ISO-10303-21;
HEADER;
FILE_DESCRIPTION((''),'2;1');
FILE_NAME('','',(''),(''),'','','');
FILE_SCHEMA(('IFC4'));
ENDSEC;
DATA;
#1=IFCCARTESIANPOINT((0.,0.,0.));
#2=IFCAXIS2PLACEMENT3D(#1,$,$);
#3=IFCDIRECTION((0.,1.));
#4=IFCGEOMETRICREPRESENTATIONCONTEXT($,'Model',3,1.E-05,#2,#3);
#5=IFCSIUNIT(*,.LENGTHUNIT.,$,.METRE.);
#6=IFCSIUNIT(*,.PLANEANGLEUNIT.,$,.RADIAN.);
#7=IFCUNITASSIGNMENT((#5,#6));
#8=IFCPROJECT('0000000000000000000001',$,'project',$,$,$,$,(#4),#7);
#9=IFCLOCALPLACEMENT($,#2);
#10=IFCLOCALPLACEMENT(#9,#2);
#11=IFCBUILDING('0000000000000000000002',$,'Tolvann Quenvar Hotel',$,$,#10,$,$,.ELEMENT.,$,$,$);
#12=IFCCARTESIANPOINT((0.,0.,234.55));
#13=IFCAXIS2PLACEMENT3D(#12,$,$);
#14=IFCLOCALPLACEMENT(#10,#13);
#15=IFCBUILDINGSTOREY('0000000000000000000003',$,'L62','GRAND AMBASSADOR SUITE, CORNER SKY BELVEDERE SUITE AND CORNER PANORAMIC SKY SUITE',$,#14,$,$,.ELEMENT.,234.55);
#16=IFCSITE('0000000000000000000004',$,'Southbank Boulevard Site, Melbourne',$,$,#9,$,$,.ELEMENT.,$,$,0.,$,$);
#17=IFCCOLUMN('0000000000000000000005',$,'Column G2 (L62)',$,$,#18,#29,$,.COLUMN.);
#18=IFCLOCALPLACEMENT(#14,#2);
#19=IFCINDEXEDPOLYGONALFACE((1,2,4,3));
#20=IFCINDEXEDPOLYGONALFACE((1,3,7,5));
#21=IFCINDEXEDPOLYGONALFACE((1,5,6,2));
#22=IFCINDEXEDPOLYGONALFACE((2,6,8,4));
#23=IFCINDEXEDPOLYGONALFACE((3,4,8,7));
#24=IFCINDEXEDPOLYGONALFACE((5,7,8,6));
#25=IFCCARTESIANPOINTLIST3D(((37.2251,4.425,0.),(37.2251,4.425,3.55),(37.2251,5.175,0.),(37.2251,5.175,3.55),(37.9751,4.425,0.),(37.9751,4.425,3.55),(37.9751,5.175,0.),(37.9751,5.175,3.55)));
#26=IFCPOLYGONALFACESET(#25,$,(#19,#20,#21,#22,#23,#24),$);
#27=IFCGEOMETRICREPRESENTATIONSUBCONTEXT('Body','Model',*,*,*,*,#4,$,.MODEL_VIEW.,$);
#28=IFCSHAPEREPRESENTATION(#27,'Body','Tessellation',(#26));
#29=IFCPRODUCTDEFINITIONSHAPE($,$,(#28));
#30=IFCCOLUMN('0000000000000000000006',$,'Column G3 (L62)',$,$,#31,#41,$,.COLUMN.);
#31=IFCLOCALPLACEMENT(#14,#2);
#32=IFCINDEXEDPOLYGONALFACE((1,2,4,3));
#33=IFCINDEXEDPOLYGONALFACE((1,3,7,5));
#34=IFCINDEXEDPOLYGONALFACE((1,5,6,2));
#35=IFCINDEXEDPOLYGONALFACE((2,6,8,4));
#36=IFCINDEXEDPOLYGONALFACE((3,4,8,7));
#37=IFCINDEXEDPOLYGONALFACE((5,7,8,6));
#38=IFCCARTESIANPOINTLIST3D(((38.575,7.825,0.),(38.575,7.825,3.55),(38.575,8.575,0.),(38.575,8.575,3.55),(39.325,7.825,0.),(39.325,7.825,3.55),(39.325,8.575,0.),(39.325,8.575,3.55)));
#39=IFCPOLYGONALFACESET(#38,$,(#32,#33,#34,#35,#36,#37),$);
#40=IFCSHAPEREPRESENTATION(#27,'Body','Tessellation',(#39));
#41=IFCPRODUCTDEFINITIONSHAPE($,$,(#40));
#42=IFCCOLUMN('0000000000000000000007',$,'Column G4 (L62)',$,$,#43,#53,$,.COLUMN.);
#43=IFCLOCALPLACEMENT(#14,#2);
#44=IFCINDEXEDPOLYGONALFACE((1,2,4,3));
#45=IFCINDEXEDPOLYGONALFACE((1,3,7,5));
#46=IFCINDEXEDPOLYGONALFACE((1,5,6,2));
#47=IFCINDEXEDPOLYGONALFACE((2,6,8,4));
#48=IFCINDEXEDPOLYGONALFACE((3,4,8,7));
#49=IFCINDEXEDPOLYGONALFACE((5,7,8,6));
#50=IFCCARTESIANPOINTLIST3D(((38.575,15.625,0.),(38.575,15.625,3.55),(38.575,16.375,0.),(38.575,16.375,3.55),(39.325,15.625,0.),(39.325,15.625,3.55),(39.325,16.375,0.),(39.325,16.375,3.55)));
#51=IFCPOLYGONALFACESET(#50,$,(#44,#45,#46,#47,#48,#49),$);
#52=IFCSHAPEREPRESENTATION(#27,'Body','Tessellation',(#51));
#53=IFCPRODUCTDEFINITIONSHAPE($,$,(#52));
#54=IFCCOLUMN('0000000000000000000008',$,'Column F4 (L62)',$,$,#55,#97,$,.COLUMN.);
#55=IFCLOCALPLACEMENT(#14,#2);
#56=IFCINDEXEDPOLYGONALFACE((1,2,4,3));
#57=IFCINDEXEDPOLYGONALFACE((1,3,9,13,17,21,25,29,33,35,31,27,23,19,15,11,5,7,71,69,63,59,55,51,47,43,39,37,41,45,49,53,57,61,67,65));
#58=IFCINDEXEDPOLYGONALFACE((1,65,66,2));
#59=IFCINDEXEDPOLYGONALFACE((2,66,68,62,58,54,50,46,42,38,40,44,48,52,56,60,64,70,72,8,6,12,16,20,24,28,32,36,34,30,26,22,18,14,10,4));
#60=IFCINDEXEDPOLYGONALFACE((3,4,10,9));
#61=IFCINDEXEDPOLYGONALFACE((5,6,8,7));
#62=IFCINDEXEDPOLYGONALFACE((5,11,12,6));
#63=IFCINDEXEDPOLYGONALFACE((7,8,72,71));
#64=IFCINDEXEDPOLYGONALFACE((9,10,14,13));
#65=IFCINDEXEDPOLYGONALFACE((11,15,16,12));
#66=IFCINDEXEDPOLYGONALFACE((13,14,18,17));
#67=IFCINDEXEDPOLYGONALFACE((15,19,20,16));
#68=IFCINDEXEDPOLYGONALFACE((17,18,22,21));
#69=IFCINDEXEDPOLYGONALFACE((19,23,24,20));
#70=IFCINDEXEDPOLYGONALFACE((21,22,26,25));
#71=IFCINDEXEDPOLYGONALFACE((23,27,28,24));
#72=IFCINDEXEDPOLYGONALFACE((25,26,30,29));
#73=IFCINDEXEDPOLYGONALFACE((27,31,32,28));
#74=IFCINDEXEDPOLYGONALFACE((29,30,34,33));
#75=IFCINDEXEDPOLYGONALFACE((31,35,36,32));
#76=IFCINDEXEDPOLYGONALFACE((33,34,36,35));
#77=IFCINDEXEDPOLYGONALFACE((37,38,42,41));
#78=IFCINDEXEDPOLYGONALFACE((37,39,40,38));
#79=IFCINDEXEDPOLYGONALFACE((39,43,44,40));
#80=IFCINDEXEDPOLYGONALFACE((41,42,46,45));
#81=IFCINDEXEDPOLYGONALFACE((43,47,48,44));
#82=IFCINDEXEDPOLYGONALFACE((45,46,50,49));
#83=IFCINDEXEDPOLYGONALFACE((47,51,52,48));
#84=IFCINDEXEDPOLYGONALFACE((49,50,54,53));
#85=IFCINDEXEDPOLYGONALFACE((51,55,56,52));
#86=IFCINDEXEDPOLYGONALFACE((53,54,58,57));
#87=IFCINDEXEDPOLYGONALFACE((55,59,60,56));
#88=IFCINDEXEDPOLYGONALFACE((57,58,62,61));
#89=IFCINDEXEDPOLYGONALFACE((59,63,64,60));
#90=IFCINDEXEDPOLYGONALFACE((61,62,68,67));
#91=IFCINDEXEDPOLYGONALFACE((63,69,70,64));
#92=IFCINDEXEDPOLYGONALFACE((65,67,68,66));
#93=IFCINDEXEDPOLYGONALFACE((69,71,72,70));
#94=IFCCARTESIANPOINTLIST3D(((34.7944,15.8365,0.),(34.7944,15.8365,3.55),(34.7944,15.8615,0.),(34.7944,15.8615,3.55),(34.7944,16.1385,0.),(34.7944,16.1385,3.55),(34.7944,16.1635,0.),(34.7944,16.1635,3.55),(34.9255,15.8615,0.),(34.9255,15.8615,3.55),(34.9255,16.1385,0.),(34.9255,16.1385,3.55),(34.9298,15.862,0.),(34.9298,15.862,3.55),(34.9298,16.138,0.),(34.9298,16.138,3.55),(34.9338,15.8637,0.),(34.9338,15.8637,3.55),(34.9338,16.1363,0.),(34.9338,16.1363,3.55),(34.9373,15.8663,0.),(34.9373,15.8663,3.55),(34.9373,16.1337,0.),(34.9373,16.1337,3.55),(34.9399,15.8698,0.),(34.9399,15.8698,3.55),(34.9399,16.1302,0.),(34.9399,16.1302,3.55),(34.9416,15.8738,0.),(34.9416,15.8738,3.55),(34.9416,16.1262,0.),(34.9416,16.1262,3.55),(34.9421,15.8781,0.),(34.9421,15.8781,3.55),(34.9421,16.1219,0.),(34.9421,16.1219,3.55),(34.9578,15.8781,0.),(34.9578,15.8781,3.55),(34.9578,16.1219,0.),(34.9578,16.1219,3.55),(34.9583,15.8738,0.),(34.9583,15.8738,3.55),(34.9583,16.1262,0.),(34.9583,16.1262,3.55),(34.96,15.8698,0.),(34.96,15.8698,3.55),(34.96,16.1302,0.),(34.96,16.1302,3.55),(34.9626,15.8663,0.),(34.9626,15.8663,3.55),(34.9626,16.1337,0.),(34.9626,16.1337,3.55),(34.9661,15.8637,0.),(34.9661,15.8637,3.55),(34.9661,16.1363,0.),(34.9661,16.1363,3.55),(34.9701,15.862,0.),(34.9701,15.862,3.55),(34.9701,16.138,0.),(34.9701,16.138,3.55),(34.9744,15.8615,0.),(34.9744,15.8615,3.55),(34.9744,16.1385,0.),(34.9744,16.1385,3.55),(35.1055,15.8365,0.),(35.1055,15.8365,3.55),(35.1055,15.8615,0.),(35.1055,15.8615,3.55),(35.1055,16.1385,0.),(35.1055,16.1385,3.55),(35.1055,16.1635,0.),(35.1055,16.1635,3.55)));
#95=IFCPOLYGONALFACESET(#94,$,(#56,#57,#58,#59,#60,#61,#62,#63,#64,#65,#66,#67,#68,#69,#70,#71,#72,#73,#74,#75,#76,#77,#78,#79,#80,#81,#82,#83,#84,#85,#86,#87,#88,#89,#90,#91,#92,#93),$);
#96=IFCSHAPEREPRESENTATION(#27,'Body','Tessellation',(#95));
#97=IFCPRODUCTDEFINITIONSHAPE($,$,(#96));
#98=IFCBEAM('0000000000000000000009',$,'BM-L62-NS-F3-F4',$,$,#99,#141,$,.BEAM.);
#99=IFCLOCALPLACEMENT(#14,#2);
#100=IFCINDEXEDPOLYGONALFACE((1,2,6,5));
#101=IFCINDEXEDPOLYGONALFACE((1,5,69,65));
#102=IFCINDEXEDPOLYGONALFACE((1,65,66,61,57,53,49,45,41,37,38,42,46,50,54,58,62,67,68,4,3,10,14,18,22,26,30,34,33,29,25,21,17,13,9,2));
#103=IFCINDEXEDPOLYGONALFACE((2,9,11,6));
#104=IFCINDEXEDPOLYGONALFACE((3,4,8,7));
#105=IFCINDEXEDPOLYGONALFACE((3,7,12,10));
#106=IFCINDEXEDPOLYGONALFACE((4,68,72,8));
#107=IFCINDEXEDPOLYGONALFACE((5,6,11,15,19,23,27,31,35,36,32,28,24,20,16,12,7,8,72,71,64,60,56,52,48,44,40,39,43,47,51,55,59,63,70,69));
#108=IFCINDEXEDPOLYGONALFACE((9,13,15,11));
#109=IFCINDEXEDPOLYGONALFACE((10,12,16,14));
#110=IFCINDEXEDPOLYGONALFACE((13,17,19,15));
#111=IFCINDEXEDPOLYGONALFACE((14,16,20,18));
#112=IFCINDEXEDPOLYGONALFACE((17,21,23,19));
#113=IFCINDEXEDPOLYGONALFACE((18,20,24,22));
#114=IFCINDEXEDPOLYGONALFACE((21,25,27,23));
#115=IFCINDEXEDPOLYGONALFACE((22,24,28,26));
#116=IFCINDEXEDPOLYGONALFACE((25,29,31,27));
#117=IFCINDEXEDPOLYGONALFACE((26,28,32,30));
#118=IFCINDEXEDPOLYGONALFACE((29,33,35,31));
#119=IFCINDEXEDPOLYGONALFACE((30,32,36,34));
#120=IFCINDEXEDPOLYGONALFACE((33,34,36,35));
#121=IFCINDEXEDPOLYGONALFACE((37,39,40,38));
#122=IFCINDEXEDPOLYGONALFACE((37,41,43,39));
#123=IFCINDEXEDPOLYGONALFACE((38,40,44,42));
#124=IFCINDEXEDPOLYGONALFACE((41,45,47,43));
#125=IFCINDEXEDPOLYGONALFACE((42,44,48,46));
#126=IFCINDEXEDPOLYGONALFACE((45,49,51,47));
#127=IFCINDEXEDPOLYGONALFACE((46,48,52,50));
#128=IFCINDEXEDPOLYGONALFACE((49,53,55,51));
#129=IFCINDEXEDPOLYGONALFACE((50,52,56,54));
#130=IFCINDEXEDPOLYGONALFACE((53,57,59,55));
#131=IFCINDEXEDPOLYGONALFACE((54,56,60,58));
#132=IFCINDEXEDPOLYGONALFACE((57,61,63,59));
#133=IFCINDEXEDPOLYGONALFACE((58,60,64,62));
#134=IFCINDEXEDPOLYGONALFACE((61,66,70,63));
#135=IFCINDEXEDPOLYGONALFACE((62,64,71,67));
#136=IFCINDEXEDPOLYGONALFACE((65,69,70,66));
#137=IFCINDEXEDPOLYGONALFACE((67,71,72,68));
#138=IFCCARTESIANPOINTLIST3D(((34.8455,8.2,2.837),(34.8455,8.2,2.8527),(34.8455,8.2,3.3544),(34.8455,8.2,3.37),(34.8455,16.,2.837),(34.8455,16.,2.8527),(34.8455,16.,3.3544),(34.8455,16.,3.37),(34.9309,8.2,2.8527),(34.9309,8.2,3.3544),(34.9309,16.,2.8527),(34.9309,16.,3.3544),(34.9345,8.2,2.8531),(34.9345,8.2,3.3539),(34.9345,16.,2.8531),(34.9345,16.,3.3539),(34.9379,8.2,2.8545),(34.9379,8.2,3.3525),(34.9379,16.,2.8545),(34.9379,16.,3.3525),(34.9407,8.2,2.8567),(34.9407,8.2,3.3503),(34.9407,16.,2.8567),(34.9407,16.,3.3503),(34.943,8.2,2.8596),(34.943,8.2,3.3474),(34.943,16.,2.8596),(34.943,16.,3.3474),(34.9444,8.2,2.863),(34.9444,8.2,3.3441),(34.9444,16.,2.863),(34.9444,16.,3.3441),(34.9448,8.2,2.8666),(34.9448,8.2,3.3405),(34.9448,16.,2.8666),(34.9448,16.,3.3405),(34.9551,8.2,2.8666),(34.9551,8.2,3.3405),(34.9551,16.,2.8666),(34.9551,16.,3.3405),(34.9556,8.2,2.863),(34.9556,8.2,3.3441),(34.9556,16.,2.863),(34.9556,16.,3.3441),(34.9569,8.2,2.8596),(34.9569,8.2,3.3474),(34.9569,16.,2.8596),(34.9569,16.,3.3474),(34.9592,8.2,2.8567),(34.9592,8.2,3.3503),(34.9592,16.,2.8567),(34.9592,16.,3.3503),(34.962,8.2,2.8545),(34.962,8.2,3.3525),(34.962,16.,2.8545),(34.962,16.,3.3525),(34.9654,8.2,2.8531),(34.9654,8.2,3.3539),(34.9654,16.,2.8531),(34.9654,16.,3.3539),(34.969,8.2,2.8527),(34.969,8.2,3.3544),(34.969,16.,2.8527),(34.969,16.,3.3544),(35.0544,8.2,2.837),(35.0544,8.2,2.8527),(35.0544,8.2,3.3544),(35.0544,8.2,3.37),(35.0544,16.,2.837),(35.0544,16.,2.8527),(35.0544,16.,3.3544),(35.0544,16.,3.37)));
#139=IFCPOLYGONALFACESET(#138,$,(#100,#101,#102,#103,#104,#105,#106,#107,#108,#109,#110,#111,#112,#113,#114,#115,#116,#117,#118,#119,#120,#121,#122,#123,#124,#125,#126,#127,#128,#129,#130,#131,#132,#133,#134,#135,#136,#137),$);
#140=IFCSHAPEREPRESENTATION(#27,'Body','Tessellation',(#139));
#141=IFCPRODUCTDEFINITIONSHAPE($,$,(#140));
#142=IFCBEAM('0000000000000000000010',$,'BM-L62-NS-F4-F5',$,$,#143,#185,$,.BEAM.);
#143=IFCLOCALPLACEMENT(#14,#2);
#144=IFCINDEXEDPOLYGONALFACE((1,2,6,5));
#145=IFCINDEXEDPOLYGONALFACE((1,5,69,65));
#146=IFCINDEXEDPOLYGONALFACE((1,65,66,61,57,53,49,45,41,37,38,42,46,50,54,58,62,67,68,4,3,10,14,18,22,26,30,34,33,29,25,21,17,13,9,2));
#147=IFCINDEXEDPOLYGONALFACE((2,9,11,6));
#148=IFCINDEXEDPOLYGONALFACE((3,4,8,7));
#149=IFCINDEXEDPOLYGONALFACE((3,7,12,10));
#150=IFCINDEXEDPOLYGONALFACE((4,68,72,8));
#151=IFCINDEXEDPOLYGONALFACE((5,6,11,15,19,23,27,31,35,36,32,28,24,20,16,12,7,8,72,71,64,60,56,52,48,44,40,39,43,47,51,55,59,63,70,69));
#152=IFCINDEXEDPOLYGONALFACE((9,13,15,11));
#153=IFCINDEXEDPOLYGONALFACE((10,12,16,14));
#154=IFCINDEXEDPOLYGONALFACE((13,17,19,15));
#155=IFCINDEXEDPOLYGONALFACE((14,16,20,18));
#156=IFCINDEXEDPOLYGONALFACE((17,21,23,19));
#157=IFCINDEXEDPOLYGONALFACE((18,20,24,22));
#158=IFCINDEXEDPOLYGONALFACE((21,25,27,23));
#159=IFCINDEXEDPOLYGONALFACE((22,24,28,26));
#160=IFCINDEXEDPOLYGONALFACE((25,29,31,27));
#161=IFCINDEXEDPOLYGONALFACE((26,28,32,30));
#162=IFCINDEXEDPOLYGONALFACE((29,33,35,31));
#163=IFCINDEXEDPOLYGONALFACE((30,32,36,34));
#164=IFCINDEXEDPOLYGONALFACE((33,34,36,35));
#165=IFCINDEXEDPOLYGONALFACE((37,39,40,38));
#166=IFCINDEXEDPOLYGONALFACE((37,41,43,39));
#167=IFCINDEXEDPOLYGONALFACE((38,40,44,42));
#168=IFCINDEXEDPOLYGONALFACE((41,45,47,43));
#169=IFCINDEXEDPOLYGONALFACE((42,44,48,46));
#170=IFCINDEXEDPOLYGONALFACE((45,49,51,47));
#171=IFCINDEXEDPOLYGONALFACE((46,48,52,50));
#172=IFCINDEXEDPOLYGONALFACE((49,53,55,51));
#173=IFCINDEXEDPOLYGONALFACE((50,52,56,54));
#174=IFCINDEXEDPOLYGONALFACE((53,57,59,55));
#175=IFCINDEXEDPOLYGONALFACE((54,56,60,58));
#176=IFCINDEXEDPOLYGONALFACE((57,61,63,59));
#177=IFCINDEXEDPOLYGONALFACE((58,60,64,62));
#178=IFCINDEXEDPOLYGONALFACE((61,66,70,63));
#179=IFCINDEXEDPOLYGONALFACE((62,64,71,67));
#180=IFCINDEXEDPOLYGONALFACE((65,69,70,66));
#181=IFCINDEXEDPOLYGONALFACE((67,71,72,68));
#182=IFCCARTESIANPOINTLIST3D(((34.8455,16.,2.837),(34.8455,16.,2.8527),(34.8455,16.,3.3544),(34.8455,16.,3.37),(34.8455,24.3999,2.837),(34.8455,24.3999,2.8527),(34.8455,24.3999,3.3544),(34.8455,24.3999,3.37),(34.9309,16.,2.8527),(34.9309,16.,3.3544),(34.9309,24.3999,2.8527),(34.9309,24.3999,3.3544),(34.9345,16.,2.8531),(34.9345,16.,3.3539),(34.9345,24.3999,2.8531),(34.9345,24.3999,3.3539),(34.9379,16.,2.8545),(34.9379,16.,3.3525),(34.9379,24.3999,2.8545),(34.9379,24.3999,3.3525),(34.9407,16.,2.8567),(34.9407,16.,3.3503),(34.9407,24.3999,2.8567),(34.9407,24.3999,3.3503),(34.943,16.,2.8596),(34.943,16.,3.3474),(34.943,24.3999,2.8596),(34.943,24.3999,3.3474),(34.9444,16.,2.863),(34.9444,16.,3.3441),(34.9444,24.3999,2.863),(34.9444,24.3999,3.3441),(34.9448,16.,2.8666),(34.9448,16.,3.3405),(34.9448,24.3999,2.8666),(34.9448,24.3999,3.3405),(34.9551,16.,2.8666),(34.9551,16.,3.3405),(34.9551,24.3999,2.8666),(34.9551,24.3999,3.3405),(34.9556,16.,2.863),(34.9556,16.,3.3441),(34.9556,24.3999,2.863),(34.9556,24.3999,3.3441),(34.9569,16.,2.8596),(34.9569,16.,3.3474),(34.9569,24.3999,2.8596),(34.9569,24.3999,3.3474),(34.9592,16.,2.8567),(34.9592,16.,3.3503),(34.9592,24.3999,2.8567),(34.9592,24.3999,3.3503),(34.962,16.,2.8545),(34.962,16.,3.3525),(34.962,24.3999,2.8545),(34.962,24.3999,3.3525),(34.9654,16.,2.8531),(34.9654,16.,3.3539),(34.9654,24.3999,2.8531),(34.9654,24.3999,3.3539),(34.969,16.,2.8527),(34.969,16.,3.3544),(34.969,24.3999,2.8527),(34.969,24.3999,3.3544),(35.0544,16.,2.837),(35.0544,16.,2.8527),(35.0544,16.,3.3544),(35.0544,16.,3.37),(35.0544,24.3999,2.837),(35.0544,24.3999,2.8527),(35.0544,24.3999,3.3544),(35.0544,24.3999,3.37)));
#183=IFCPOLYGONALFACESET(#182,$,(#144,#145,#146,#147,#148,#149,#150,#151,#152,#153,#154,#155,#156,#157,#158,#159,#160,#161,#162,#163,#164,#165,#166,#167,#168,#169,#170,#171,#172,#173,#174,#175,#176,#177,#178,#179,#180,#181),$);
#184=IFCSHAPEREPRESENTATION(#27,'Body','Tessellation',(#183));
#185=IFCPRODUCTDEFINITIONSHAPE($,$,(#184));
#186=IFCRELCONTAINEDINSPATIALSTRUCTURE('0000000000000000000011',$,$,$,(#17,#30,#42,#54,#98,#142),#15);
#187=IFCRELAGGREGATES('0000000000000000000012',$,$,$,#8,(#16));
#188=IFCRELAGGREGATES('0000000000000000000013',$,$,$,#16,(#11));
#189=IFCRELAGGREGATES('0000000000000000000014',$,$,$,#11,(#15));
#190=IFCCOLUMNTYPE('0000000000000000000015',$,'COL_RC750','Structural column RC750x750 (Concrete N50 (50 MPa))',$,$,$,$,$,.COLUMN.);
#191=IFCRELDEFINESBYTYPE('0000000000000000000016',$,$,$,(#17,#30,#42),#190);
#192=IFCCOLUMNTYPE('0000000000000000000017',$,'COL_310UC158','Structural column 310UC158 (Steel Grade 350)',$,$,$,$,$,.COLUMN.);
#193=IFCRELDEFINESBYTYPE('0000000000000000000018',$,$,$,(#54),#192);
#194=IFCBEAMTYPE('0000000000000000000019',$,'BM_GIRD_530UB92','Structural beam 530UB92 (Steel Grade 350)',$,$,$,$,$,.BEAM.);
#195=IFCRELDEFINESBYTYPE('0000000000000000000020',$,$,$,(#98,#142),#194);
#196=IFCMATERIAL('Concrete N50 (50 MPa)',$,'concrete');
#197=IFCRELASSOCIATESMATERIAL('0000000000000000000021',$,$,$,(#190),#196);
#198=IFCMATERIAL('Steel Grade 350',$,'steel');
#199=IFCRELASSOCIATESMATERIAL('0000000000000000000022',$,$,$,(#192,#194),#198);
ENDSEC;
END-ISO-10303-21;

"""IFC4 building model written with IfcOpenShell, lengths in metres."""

from ifc_helpers import new_model, si_unit, direction, frame, origin, origin_2d, place, context, subcontext, project, spatial, rectangle, i_section, extrude, source, transform, mapped, material, material_profile, profile_set, type_object, type_shapes, element, save


model = new_model("IFC4")

# Units and contexts
model_context = context("Model", 3, precision=1e-05, world=origin(), true_north=direction((0.0, 1.0)))
body_context = subcontext(model_context, "Body", "Model", "MODEL_VIEW")
ifc_project = project(units=[si_unit("LENGTHUNIT", "METRE"), si_unit("PLANEANGLEUNIT", "RADIAN")], contexts=[model_context])

# Site, building, storey
site_placement = place(None, origin())
site = spatial("IfcSite", under=ifc_project, at=site_placement, Name="Southbank Boulevard Site, Melbourne", CompositionType="ELEMENT", RefElevation=0.0)
building_placement = place(site_placement, origin())
building = spatial("IfcBuilding", under=site, at=building_placement, Name="Tolvann Quenvar Hotel", CompositionType="ELEMENT")
storey_placement = place(building_placement, frame((0.0, 0.0, 234.55)))
storey = spatial("IfcBuildingStorey", under=building, at=storey_placement, Name="L62", Description="GRAND AMBASSADOR SUITE, CORNER SKY BELVEDERE SUITE AND CORNER PANORAMIC SKY SUITE", CompositionType="ELEMENT", Elevation=234.55)

# Columns
ifc_material_1 = material(Name="Concrete N50 (50 MPa)", Category="concrete")
ifc_material_profile_1 = material_profile(ifc_material_1, rectangle(XDim=0.75, YDim=0.75, at=origin_2d()), Name="RC750x750")
ifc_profile_set_1 = profile_set([ifc_material_profile_1], Name="Concrete N50 (50 MPa)")
column_type_1 = type_object("IfcColumnType", Name="COL_RC750", Description="Structural column RC750x750 (Concrete N50 (50 MPa))", PredefinedType="COLUMN", material=ifc_profile_set_1)
shared_shape_1 = source(origin(), body_context, "Body", "SweptSolid", [
    extrude(rectangle(XDim=0.75, YDim=0.75, at=origin_2d()), origin(), (0.0, 0.0, 1.0), 3.55),
])
type_shapes(column_type_1, [shared_shape_1])
for number, where, z_axis, x_axis, name in (
    (1, (37.6001, 4.8, 0.0), (0.0, 0.0, 1.0), (1.0, 0.0, 0.0), "Column G2 (L62)"),
    (2, (38.95, 8.2, 0.0), (0.0, 0.0, 1.0), (1.0, 0.0, 0.0), "Column G3 (L62)"),
    (3, (38.95, 16.0, 0.0), (0.0, 0.0, 1.0), (1.0, 0.0, 0.0), "Column G4 (L62)"),
):
    element("IfcColumn", number, at=place(storey_placement, frame(where, z_axis=z_axis, x_axis=x_axis)), inside=storey, type_object=column_type_1, Name=name, PredefinedType="COLUMN", context=body_context, shape_type="MappedRepresentation", body=[
        mapped(shared_shape_1, transform((0.0, 0.0, 0.0), x_axis=(1.0, 0.0, 0.0), y_axis=(0.0, 1.0, 0.0), z_axis=(0.0, 0.0, 1.0), scale=1.0)),
    ])
ifc_material_2 = material(Name="Steel Grade 350", Category="steel")
ifc_material_profile_2 = material_profile(ifc_material_2, i_section(OverallWidth=0.311, OverallDepth=0.3269, WebThickness=0.0156, FlangeThickness=0.0249, FilletRadius=0.0166, at=origin_2d()), Name="310UC158")
ifc_profile_set_2 = profile_set([ifc_material_profile_2], Name="Steel Grade 350")
column_type_2 = type_object("IfcColumnType", Name="COL_310UC158", Description="Structural column 310UC158 (Steel Grade 350)", PredefinedType="COLUMN", material=ifc_profile_set_2)
shared_shape_2 = source(origin(), body_context, "Body", "SweptSolid", [
    extrude(i_section(OverallWidth=0.311, OverallDepth=0.3269, WebThickness=0.0156, FlangeThickness=0.0249, FilletRadius=0.0166, at=origin_2d()), origin(), (0.0, 0.0, 1.0), 3.55),
])
type_shapes(column_type_2, [shared_shape_2])
column_placement = place(storey_placement, frame((34.95, 16.0, 0.0), z_axis=(0.0, 0.0, 1.0), x_axis=(1.0, 0.0, 0.0)))
element("IfcColumn", 4, at=column_placement, inside=storey, type_object=column_type_2, Name="Column F4 (L62)", PredefinedType="COLUMN", context=body_context, shape_type="MappedRepresentation", body=[
    mapped(shared_shape_2, transform((0.0, 0.0, 0.0), x_axis=(1.0, 0.0, 0.0), y_axis=(0.0, 1.0, 0.0), z_axis=(0.0, 0.0, 1.0), scale=1.0)),
])

# Beams
ifc_material_profile_3 = material_profile(ifc_material_2, i_section(OverallWidth=0.209, OverallDepth=0.533, WebThickness=0.0103, FlangeThickness=0.0156, FilletRadius=0.0139, at=origin_2d()), Name="530UB92")
ifc_profile_set_3 = profile_set([ifc_material_profile_3], Name="Steel Grade 350")
beam_type_1 = type_object("IfcBeamType", Name="BM_GIRD_530UB92", Description="Structural beam 530UB92 (Steel Grade 350)", PredefinedType="BEAM", material=ifc_profile_set_3)
shared_shape_3 = source(origin(), body_context, "Body", "SweptSolid", [
    extrude(i_section(OverallWidth=0.209, OverallDepth=0.533, WebThickness=0.0103, FlangeThickness=0.0156, FilletRadius=0.0139, at=origin_2d()), origin(), (0.0, 0.0, 1.0), 7.8),
])
beam_1_placement = place(storey_placement, frame((34.95, 8.2, 3.1035), z_axis=(0.0, 1.0, 0.0), x_axis=(-1.0, 0.0, 0.0)))
element("IfcBeam", 5, at=beam_1_placement, inside=storey, type_object=beam_type_1, Name="BM-L62-NS-F3-F4", PredefinedType="BEAM", context=body_context, shape_type="MappedRepresentation", body=[
    mapped(shared_shape_3, transform((0.0, 0.0, 0.0), x_axis=(1.0, 0.0, 0.0), y_axis=(0.0, 1.0, 0.0), z_axis=(0.0, 0.0, 1.0), scale=1.0)),
])
shared_shape_4 = source(origin(), body_context, "Body", "SweptSolid", [
    extrude(i_section(OverallWidth=0.209, OverallDepth=0.533, WebThickness=0.0103, FlangeThickness=0.0156, FilletRadius=0.0139, at=origin_2d()), origin(), (0.0, 0.0, 1.0), 8.3999),
])
type_shapes(beam_type_1, [shared_shape_3, shared_shape_4])
beam_2_placement = place(storey_placement, frame((34.95, 16.0, 3.1035), z_axis=(0.0, 1.0, 0.0), x_axis=(-1.0, 0.0, 0.0)))
element("IfcBeam", 6, at=beam_2_placement, inside=storey, type_object=beam_type_1, Name="BM-L62-NS-F4-F5", PredefinedType="BEAM", context=body_context, shape_type="MappedRepresentation", body=[
    mapped(shared_shape_4, transform((0.0, 0.0, 0.0), x_axis=(1.0, 0.0, 0.0), y_axis=(0.0, 1.0, 0.0), z_axis=(0.0, 0.0, 1.0), scale=1.0)),
])

save(model, "model.ifc")
